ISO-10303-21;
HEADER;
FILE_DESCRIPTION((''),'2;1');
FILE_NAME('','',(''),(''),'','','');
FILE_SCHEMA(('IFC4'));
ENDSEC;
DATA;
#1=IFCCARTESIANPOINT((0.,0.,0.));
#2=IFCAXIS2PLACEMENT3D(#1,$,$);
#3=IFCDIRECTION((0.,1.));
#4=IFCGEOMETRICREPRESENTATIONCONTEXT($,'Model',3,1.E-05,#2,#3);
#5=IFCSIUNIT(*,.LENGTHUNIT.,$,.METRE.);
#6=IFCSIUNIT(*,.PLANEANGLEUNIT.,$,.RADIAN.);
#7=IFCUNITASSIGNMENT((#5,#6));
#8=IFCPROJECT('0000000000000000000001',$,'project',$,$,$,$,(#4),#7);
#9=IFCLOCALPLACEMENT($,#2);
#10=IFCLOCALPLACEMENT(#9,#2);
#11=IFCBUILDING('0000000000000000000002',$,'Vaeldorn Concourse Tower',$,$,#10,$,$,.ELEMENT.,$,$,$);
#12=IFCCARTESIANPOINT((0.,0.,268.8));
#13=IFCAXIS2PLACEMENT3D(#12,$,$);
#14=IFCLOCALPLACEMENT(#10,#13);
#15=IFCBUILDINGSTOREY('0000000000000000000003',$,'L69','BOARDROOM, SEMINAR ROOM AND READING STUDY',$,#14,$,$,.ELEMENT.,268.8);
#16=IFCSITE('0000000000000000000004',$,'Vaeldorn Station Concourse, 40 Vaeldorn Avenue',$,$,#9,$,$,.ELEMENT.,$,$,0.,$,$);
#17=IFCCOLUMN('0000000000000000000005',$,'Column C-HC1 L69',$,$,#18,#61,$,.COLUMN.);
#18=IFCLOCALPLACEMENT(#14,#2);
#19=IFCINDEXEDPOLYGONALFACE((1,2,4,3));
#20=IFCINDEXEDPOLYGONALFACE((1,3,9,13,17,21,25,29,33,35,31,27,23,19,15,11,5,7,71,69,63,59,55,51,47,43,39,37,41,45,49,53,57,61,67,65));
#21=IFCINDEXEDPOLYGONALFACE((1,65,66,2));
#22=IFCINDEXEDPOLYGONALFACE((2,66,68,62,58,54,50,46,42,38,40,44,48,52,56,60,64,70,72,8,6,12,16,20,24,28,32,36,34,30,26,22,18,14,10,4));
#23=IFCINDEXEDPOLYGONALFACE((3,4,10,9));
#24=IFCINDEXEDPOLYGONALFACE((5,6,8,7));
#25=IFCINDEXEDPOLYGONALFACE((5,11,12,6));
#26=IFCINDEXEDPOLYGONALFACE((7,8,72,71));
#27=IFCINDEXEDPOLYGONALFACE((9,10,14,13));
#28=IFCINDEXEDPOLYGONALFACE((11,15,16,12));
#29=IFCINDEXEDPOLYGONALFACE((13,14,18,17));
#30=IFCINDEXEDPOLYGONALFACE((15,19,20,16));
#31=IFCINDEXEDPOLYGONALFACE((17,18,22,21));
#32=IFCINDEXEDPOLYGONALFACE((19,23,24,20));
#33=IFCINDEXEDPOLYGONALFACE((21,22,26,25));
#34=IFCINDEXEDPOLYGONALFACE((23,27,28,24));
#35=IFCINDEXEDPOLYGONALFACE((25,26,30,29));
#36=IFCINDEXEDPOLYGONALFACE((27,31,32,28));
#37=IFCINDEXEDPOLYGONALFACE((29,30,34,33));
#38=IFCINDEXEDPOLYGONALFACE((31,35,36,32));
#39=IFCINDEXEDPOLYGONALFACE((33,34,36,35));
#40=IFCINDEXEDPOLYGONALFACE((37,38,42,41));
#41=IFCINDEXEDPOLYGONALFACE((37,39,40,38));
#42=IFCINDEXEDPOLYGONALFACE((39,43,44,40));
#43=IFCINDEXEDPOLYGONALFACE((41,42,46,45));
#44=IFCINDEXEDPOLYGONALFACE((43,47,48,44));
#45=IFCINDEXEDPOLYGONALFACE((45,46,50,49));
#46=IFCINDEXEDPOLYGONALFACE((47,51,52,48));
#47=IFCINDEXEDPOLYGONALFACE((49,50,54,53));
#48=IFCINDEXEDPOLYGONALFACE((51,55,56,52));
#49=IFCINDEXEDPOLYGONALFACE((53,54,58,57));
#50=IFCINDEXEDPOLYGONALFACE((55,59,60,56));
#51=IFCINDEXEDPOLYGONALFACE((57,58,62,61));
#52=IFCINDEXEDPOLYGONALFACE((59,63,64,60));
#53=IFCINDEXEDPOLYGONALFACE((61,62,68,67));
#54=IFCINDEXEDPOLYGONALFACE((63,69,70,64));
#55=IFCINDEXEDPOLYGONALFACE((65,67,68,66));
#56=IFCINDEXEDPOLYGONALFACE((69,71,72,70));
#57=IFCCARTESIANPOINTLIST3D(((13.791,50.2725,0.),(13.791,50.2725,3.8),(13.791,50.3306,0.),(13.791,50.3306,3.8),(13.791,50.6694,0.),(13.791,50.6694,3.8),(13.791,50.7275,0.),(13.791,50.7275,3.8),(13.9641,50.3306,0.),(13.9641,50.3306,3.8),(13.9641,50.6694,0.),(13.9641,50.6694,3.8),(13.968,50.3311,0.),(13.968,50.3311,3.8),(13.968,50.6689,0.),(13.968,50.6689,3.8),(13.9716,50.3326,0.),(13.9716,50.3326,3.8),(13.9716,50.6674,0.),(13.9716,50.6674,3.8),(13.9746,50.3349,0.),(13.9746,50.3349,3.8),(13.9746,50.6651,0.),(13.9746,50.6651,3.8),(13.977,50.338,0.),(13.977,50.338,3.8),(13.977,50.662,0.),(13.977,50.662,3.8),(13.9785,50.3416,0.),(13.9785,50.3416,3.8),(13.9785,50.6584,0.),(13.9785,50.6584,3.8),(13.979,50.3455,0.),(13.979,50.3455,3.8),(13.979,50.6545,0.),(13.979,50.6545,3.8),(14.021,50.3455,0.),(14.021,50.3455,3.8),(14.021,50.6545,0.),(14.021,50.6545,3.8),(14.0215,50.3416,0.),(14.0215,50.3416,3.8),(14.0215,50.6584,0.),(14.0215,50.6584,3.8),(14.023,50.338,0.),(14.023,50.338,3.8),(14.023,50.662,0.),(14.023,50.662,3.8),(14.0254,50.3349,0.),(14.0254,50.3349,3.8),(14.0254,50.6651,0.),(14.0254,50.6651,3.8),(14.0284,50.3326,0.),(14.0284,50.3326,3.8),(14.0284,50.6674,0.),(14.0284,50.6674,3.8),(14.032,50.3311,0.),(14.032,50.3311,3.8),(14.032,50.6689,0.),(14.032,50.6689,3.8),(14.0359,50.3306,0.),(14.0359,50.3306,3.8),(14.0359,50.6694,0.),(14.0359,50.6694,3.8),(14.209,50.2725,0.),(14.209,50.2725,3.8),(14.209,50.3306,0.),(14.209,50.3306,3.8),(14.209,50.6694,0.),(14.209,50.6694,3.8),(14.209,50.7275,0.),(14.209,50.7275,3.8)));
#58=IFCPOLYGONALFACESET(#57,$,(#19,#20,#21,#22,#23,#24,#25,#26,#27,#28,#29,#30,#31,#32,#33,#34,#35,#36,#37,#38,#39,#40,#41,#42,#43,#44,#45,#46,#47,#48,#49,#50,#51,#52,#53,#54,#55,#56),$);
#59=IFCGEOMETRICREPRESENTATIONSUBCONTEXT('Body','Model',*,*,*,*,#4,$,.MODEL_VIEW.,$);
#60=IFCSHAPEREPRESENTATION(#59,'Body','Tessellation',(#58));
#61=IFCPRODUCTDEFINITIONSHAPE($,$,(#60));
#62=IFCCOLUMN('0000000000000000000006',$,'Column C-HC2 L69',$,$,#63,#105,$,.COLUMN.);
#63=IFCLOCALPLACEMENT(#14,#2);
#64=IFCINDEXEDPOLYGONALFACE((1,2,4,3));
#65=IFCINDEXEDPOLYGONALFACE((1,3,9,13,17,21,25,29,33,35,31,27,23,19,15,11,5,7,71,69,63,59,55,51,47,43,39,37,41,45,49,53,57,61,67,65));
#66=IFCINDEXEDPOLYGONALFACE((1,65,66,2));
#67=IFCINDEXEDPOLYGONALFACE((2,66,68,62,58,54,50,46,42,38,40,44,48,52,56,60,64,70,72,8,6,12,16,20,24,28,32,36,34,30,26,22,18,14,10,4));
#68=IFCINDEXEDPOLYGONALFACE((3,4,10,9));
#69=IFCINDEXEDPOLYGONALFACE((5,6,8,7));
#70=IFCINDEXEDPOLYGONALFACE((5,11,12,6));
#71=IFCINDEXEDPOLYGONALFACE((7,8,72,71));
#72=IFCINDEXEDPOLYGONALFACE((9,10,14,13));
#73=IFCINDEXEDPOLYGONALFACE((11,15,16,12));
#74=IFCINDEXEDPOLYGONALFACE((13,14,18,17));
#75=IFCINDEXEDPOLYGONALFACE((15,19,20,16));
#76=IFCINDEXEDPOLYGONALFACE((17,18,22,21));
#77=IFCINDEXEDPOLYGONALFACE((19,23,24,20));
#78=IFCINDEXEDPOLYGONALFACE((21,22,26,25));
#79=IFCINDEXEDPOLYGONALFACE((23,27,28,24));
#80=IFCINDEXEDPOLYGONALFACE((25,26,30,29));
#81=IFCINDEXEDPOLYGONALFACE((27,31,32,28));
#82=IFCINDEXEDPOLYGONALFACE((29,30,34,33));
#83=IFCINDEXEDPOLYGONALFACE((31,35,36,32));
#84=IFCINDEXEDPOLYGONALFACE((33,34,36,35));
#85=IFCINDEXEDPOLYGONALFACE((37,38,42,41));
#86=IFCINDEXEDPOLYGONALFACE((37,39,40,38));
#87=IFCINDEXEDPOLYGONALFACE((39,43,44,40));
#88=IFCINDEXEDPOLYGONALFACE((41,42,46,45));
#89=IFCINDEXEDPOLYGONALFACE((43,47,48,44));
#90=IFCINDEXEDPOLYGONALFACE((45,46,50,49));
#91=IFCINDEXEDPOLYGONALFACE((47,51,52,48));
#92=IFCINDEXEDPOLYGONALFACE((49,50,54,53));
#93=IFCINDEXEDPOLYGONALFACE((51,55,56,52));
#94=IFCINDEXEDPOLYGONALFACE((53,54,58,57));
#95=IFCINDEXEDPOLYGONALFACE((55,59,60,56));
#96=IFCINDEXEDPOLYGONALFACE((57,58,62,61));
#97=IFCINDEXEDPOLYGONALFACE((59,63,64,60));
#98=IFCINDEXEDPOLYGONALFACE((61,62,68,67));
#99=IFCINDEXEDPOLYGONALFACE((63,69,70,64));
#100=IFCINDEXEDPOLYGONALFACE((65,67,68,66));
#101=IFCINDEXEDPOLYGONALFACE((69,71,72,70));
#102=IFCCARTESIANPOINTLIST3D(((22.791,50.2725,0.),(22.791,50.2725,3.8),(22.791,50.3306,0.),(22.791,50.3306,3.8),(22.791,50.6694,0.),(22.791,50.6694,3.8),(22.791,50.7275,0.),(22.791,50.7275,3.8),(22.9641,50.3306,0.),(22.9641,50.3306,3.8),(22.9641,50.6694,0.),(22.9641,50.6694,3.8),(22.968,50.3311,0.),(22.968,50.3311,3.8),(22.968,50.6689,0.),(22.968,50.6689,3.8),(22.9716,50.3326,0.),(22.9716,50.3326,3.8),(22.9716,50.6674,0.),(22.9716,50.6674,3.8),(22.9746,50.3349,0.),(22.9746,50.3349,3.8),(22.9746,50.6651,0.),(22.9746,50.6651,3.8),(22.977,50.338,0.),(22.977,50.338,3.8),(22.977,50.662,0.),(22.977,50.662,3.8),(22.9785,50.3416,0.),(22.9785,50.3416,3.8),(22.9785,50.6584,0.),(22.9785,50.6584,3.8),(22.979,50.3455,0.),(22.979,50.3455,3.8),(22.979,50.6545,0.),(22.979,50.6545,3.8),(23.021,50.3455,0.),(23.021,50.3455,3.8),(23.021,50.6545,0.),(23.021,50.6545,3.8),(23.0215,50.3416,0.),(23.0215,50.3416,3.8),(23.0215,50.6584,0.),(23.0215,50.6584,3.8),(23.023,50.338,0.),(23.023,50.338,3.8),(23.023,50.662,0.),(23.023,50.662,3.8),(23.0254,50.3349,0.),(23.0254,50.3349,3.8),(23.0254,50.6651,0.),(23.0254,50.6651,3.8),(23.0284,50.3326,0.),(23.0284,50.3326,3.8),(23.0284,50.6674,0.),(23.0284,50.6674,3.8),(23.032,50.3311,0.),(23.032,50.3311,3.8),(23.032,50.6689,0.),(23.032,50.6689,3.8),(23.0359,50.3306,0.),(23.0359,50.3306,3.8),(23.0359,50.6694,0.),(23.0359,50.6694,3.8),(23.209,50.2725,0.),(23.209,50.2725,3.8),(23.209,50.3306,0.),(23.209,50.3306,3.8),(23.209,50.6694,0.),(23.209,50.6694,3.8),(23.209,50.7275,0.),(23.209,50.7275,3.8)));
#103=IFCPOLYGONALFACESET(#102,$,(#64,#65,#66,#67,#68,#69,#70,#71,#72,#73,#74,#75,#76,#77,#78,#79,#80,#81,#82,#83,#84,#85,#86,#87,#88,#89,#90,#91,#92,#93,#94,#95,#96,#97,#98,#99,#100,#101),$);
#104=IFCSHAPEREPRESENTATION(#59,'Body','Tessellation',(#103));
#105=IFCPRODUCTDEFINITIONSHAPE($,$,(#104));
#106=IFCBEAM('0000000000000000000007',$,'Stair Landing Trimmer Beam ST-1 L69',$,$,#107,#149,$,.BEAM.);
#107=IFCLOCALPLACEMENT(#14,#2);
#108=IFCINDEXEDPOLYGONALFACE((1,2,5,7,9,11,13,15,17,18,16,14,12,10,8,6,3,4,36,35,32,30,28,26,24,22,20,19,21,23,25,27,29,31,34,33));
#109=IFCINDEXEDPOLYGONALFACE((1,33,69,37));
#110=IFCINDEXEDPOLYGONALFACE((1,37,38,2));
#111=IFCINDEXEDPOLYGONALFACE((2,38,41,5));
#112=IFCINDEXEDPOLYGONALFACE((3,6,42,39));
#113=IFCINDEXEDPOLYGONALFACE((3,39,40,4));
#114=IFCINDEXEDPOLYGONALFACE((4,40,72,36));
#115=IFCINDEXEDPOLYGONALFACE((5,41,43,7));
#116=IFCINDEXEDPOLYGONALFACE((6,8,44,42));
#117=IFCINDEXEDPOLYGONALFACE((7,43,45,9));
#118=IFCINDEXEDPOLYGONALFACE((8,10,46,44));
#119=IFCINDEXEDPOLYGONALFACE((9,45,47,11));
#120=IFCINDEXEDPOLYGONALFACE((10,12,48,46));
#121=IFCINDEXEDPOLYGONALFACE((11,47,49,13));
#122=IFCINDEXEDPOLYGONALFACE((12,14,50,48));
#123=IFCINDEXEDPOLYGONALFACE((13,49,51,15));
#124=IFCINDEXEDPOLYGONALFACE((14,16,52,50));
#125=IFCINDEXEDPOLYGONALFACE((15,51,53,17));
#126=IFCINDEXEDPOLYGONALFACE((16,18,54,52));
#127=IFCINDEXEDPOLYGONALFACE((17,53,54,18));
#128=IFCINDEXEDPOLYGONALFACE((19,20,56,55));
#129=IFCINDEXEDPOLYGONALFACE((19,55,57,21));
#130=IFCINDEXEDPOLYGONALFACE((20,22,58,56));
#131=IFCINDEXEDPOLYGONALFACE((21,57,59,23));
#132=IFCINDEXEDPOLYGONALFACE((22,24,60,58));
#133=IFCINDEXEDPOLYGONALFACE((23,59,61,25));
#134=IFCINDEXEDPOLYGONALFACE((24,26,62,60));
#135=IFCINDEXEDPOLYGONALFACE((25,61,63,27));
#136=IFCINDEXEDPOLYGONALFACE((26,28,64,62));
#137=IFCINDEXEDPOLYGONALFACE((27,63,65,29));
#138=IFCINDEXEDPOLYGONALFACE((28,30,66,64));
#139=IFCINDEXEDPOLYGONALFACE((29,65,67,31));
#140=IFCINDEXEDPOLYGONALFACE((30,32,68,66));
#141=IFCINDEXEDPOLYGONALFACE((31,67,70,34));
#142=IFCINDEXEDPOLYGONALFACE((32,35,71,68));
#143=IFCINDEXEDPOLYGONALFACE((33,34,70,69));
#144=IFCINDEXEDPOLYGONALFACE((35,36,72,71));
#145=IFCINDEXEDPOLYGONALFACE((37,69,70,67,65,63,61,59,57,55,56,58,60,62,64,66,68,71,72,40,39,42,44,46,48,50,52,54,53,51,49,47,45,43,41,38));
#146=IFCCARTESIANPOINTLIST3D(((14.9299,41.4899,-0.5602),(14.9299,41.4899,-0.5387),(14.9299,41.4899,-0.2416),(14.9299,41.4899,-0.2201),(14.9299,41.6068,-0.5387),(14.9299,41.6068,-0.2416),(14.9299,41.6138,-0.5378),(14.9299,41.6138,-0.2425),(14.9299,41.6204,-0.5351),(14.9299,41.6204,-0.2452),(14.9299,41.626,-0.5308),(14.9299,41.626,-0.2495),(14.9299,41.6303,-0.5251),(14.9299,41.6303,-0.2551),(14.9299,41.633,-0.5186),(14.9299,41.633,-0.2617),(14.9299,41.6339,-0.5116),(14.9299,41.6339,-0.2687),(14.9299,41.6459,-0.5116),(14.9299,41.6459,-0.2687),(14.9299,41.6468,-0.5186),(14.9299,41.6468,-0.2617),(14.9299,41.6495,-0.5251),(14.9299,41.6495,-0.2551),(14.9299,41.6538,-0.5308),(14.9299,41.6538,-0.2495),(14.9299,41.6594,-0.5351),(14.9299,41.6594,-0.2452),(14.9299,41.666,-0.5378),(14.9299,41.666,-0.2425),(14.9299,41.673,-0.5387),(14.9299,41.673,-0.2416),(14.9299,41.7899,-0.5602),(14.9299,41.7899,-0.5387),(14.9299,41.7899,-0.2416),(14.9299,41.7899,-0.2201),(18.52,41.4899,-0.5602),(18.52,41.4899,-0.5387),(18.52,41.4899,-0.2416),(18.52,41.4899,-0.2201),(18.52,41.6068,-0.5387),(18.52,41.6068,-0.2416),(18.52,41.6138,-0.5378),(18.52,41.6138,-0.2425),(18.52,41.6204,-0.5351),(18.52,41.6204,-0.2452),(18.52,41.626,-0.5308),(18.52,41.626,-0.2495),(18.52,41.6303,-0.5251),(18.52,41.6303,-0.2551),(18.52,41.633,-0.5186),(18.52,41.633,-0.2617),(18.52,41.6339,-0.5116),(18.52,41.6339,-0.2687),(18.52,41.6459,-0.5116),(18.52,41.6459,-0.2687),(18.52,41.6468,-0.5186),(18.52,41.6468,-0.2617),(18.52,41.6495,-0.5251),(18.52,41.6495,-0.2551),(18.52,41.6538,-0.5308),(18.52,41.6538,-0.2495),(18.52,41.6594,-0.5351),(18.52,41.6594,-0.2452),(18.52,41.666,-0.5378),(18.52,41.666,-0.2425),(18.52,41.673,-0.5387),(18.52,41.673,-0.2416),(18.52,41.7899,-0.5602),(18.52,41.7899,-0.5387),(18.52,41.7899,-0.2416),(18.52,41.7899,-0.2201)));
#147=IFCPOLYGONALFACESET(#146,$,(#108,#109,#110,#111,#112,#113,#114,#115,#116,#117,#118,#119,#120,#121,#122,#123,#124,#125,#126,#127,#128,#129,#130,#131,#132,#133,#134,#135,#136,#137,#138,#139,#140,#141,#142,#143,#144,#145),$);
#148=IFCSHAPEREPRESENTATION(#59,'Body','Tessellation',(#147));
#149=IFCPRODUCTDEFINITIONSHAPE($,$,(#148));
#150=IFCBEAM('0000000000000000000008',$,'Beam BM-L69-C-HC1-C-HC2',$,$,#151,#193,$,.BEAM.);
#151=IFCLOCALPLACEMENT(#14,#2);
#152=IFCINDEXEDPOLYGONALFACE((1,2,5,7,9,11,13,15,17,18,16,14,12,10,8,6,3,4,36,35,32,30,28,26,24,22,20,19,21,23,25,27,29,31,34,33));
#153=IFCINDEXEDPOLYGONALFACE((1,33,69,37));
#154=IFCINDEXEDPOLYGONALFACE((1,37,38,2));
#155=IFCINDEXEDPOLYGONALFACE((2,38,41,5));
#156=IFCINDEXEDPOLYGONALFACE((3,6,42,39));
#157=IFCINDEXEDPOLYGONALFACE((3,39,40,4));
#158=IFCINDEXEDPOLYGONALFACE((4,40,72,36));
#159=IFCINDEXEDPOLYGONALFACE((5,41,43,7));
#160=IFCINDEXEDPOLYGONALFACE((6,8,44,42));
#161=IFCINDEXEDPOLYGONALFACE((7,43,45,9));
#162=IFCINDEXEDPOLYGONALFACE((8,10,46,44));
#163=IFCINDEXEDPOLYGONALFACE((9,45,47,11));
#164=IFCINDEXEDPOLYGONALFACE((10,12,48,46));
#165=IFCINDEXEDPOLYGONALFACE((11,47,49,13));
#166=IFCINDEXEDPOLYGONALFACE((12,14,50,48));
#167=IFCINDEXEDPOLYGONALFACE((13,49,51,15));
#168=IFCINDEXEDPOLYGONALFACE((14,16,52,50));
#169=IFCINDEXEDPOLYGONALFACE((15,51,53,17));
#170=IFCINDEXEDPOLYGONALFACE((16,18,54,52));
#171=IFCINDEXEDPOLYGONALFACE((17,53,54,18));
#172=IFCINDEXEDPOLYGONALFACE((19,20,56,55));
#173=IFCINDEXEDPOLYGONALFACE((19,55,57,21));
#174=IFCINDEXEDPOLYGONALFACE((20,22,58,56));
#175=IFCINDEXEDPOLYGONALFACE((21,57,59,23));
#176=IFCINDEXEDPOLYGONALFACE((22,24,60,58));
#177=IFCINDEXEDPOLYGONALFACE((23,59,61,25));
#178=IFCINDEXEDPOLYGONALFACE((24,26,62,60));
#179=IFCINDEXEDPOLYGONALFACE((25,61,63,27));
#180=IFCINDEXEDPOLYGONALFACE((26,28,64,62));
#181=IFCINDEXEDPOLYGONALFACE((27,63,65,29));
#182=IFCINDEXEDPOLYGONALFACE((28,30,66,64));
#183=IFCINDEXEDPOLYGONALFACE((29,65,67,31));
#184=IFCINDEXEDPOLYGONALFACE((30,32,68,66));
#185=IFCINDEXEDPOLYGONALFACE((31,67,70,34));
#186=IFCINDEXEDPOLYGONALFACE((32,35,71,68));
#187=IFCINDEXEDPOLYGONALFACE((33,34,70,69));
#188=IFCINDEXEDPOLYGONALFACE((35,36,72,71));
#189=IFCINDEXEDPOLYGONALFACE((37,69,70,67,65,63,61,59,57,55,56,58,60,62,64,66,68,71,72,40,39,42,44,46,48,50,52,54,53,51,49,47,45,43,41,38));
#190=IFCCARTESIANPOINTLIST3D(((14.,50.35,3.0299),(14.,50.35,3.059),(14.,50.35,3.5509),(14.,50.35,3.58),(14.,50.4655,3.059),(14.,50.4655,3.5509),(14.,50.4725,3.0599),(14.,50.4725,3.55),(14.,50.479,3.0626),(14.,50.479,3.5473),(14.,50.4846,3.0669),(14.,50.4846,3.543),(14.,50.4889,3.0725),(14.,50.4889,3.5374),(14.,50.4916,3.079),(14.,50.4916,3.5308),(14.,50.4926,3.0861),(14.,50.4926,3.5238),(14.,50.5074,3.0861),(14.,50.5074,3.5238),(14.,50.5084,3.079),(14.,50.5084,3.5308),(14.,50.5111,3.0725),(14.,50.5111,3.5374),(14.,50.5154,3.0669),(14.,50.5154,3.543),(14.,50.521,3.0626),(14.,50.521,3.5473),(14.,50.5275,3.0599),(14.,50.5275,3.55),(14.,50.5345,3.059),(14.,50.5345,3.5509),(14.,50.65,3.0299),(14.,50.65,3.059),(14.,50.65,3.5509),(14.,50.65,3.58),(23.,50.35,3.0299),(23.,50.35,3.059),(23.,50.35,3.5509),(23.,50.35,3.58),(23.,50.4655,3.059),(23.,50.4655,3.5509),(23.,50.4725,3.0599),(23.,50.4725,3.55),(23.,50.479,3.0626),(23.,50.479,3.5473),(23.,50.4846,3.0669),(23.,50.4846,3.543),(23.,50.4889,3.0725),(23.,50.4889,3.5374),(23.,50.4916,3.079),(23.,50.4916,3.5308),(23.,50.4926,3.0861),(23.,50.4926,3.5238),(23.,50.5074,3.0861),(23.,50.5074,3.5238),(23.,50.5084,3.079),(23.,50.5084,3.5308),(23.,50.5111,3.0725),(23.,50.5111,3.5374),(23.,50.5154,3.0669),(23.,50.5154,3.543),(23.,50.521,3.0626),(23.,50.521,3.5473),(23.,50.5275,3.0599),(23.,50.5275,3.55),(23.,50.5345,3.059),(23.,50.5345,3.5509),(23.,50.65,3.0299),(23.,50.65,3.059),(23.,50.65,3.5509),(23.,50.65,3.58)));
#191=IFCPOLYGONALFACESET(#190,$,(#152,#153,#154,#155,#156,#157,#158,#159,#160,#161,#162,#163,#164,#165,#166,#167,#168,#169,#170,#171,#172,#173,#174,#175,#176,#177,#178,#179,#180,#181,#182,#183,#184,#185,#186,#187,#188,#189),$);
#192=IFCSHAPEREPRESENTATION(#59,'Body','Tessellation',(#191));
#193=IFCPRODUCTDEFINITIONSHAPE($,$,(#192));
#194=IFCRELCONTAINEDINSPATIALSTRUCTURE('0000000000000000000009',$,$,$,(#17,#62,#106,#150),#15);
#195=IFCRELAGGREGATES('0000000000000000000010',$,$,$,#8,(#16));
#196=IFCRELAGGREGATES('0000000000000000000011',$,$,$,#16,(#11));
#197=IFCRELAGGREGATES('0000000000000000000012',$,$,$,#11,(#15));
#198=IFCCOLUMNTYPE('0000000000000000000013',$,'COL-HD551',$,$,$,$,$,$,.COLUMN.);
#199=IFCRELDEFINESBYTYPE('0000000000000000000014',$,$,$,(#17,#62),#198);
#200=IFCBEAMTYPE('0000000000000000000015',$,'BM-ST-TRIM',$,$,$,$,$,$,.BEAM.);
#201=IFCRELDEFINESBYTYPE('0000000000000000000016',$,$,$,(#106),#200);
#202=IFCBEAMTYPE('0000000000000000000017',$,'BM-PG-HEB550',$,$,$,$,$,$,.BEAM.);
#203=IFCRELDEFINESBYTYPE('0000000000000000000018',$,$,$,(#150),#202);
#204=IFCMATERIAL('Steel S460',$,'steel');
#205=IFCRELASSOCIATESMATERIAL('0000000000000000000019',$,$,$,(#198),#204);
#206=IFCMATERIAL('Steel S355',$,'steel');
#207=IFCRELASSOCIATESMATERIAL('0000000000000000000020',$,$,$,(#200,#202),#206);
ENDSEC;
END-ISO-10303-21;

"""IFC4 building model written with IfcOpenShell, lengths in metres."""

from ifc_helpers import new_model, si_unit, direction, frame, origin, origin_2d, place, context, subcontext, project, spatial, i_section, extrude, source, transform, mapped, material, material_profile, profile_set, type_object, element, save


model = new_model("IFC4")

# Units and contexts
model_context = context("Model", 3, precision=1e-05, world=origin(), true_north=direction((0.0, 1.0)))
body_context = subcontext(model_context, "Body", "Model", "MODEL_VIEW")
ifc_project = project(units=[si_unit("LENGTHUNIT", "METRE"), si_unit("PLANEANGLEUNIT", "RADIAN")], contexts=[model_context])

# Site, building, storey
site_placement = place(None, origin())
site = spatial("IfcSite", under=ifc_project, at=site_placement, Name="Vaeldorn Station Concourse, 40 Vaeldorn Avenue", CompositionType="ELEMENT", RefElevation=0.0)
building_placement = place(site_placement, origin())
building = spatial("IfcBuilding", under=site, at=building_placement, Name="Vaeldorn Concourse Tower", CompositionType="ELEMENT")
storey_placement = place(building_placement, frame((0.0, 0.0, 268.8)))
storey = spatial("IfcBuildingStorey", under=building, at=storey_placement, Name="L69", Description="BOARDROOM, SEMINAR ROOM AND READING STUDY", CompositionType="ELEMENT", Elevation=268.8)

# Columns
ifc_material_1 = material(Name="Steel S460", Category="steel")
ifc_material_profile_1 = material_profile(ifc_material_1, i_section(OverallWidth=0.418, OverallDepth=0.4551, WebThickness=0.042, FlangeThickness=0.0581, FilletRadius=0.0149, at=origin_2d()), Name="HD 400x551")
ifc_profile_set_1 = profile_set([ifc_material_profile_1], Name="Steel S460")
column_type = type_object("IfcColumnType", Name="COL-HD551", PredefinedType="COLUMN", material=ifc_profile_set_1)
shared_shape_1 = source(origin(), body_context, "Body", "SweptSolid", [
    extrude(i_section(OverallWidth=0.418, OverallDepth=0.4551, WebThickness=0.042, FlangeThickness=0.0581, FilletRadius=0.0149, at=origin_2d()), origin(), (0.0, 0.0, 1.0), 3.8),
])
for number, where, z_axis, x_axis, name in (
    (1, (14.0, 50.5, 0.0), (0.0, 0.0, 1.0), (1.0, 0.0, 0.0), "Column C-HC1 L69"),
    (2, (23.0, 50.5, 0.0), (0.0, 0.0, 1.0), (1.0, 0.0, 0.0), "Column C-HC2 L69"),
):
    element("IfcColumn", number, at=place(storey_placement, frame(where, z_axis=z_axis, x_axis=x_axis)), inside=storey, type_object=column_type, Name=name, PredefinedType="COLUMN", context=body_context, shape_type="MappedRepresentation", body=[
        mapped(shared_shape_1, transform((0.0, 0.0, 0.0), scale=1.0)),
    ])

# Beams
ifc_material_2 = material(Name="Steel S355", Category="steel")
ifc_material_profile_2 = material_profile(ifc_material_2, i_section(OverallWidth=0.3, OverallDepth=0.3401, WebThickness=0.012, FlangeThickness=0.0215, FilletRadius=0.0271, at=origin_2d()), Name="HEB 340")
ifc_profile_set_2 = profile_set([ifc_material_profile_2], Name="Steel S355")
beam_type_1 = type_object("IfcBeamType", Name="BM-ST-TRIM", PredefinedType="BEAM", material=ifc_profile_set_2)
shared_shape_2 = source(origin(), body_context, "Body", "SweptSolid", [
    extrude(i_section(OverallWidth=0.3, OverallDepth=0.3401, WebThickness=0.012, FlangeThickness=0.0215, FilletRadius=0.0271, at=origin_2d()), origin(), (0.0, 0.0, 1.0), 3.5901),
])
beam_1_placement = place(storey_placement, frame((14.9299, 41.6399, -0.3901), z_axis=(1.0, 0.0, 0.0), x_axis=(0.0, 1.0, 0.0)))
element("IfcBeam", 3, at=beam_1_placement, inside=storey, type_object=beam_type_1, Name="Stair Landing Trimmer Beam ST-1 L69", PredefinedType="BEAM", context=body_context, shape_type="MappedRepresentation", body=[
    mapped(shared_shape_2, transform((0.0, 0.0, 0.0), scale=1.0)),
])
ifc_material_profile_3 = material_profile(ifc_material_2, i_section(OverallWidth=0.3, OverallDepth=0.55, WebThickness=0.0149, FlangeThickness=0.0291, FilletRadius=0.0271, at=origin_2d()), Name="HEB 550")
ifc_profile_set_3 = profile_set([ifc_material_profile_3], Name="Steel S355")
beam_type_2 = type_object("IfcBeamType", Name="BM-PG-HEB550", PredefinedType="BEAM", material=ifc_profile_set_3)
shared_shape_3 = source(origin(), body_context, "Body", "SweptSolid", [
    extrude(i_section(OverallWidth=0.3, OverallDepth=0.55, WebThickness=0.0149, FlangeThickness=0.0291, FilletRadius=0.0271, at=origin_2d()), origin(), (0.0, 0.0, 1.0), 9.0),
])
beam_2_placement = place(storey_placement, frame((14.0, 50.5, 3.3049), z_axis=(1.0, 0.0, 0.0), x_axis=(0.0, 1.0, 0.0)))
element("IfcBeam", 4, at=beam_2_placement, inside=storey, type_object=beam_type_2, Name="Beam BM-L69-C-HC1-C-HC2", PredefinedType="BEAM", context=body_context, shape_type="MappedRepresentation", body=[
    mapped(shared_shape_3, transform((0.0, 0.0, 0.0), scale=1.0)),
])

save(model, "model.ifc")
